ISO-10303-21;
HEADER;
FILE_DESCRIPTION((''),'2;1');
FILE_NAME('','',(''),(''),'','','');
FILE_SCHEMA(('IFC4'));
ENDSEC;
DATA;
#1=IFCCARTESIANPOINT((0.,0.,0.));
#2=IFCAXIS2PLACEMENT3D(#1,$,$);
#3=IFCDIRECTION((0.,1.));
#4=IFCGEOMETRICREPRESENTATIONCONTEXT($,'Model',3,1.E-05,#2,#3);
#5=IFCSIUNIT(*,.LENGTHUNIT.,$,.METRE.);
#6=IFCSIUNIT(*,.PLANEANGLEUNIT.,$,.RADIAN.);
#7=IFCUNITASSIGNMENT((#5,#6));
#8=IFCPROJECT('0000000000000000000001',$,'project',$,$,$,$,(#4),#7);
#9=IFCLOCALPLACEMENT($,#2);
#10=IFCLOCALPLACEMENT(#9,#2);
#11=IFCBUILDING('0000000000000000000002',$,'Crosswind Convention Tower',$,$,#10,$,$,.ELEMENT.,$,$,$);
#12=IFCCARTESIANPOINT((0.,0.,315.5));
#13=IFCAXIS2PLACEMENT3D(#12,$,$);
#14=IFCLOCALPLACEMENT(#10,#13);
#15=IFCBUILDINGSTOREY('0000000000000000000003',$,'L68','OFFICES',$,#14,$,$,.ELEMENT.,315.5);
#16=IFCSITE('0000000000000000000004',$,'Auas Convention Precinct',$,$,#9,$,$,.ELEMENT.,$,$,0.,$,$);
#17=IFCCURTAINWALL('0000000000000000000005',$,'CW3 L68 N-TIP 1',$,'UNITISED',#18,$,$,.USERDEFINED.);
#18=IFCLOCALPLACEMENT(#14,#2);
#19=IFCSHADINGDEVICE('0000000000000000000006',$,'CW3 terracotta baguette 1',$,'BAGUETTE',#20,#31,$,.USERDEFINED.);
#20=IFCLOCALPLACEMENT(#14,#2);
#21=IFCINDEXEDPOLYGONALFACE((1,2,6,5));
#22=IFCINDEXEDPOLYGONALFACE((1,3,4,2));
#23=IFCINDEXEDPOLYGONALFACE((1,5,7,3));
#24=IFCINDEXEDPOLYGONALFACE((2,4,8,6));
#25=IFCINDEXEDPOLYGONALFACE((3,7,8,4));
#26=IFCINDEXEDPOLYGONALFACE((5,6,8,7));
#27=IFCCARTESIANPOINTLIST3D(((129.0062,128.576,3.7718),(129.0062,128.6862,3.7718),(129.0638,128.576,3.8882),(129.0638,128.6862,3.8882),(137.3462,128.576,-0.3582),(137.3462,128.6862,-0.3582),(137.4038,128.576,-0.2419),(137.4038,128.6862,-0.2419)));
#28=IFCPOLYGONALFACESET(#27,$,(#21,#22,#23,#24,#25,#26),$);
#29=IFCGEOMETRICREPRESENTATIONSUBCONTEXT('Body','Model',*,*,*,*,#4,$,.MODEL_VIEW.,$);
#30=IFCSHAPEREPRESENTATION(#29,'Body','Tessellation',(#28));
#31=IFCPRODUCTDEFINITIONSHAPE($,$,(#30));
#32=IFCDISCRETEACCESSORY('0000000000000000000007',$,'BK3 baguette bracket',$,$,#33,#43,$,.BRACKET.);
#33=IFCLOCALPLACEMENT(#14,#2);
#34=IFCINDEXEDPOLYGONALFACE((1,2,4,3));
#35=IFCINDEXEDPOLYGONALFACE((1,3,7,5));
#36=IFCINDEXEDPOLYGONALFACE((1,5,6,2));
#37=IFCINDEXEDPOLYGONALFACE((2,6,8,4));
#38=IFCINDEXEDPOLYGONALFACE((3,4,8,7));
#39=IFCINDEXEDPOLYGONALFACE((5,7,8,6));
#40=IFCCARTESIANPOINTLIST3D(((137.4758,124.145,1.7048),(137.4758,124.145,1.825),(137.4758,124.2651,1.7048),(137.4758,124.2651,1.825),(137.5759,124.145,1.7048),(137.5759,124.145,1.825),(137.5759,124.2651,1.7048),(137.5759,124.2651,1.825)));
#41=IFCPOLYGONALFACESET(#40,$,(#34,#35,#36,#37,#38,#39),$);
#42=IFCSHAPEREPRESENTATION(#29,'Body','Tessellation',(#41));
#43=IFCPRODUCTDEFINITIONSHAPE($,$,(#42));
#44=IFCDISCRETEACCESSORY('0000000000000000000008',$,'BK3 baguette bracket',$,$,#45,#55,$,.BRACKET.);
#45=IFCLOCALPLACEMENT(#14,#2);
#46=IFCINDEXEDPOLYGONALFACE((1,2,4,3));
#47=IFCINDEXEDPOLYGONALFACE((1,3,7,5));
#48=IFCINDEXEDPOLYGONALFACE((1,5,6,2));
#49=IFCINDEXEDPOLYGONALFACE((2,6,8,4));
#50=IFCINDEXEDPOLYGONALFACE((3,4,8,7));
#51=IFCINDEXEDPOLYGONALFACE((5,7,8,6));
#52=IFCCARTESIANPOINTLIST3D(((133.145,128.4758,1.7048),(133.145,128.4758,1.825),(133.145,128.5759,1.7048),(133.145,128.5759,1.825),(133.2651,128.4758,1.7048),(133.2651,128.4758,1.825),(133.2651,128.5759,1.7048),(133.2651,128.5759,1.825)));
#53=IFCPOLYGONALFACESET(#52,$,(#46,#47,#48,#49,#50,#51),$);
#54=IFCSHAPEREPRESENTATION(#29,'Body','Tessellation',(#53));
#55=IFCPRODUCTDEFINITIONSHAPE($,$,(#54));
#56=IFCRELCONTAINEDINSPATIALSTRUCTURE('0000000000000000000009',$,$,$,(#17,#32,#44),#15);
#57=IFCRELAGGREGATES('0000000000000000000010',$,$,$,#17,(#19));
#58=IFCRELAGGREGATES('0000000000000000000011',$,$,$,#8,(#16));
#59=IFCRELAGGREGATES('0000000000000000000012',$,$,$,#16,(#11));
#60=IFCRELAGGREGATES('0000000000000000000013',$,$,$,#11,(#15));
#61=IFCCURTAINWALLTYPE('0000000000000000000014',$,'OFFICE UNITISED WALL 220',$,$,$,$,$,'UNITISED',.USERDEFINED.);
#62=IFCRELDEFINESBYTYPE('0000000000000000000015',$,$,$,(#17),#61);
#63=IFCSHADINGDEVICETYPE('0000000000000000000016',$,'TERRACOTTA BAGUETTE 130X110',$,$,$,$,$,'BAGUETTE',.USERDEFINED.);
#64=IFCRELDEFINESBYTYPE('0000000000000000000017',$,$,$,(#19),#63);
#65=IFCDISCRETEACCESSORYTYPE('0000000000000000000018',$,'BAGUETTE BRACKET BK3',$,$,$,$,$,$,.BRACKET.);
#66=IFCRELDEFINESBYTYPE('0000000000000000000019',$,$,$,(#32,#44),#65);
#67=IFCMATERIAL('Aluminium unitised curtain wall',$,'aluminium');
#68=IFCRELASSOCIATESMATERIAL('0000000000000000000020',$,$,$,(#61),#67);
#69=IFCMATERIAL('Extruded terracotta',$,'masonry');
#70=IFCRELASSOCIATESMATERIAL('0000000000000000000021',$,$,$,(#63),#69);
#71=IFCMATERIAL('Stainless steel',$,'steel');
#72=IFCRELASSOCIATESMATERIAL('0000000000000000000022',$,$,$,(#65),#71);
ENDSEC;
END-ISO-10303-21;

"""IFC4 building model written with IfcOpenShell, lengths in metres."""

from ifc_helpers import new_model, si_unit, direction, frame, origin, origin_2d, place, context, subcontext, project, spatial, rectangle, extrude, material, material_profile, profile_set, type_object, element, aggregate, save


model = new_model("IFC4")

# Units and contexts
model_context = context("Model", 3, precision=1e-05, world=origin(), true_north=direction((0.0, 1.0)))
body_context = subcontext(model_context, "Body", "Model", "MODEL_VIEW")
ifc_project = project(units=[si_unit("LENGTHUNIT", "METRE"), si_unit("PLANEANGLEUNIT", "RADIAN")], contexts=[model_context])

# Site, building, storey
site_placement = place(None, origin())
site = spatial("IfcSite", under=ifc_project, at=site_placement, Name="Auas Convention Precinct", CompositionType="ELEMENT", RefElevation=0.0)
building_placement = place(site_placement, origin())
building = spatial("IfcBuilding", under=site, at=building_placement, Name="Crosswind Convention Tower", CompositionType="ELEMENT")
storey_placement = place(building_placement, frame((0.0, 0.0, 315.5)))
storey = spatial("IfcBuildingStorey", under=building, at=storey_placement, Name="L68", Description="OFFICES", CompositionType="ELEMENT", Elevation=315.5)

# Shared definitions
ifc_material_1 = material(Name="Aluminium unitised curtain wall", Category="aluminium")
curtain_wall_type_1 = type_object("IfcCurtainWallType", Name="OFFICE UNITISED WALL 220", ElementType="UNITISED", PredefinedType="USERDEFINED", material=ifc_material_1)

# Curtain wall
curtain_wall_1_placement = place(storey_placement, origin())
curtain_wall_1 = element("IfcCurtainWall", 1, at=curtain_wall_1_placement, inside=storey, type_object=curtain_wall_type_1, Name="CW3 L68 N-TIP 1", ObjectType="UNITISED", PredefinedType="USERDEFINED")

# Shading device
ifc_material_2 = material(Name="Extruded terracotta", Category="masonry")
ifc_material_profile_1 = material_profile(ifc_material_2, rectangle(XDim=0.1101, YDim=0.1299, at=origin_2d()), Name="TC 110X130")
ifc_profile_set_1 = profile_set([ifc_material_profile_1], Name="Extruded terracotta")
shading_device_type = type_object("IfcShadingDeviceType", Name="TERRACOTTA BAGUETTE 130X110", ElementType="BAGUETTE", PredefinedType="USERDEFINED", material=ifc_profile_set_1)
shading_device_1_placement = place(storey_placement, frame((137.375, 128.6311, -0.3), z_axis=(-0.896136, 0.0, 0.443779), x_axis=(0.0, -1.0, 0.0)))
shading_device_1 = element("IfcShadingDevice", 2, at=shading_device_1_placement, type_object=shading_device_type, Name="CW3 terracotta baguette 1", ObjectType="BAGUETTE", PredefinedType="USERDEFINED", context=body_context, shape_type="SweptSolid", body=[
    extrude(rectangle(XDim=0.1101, YDim=0.1299, at=origin_2d()), origin(), (0.0, 0.0, 1.0), 9.3066),
])
aggregate(curtain_wall_1, [shading_device_1])

# Discrete accessories
ifc_material_3 = material(Name="Stainless steel", Category="steel")
discrete_accessory_type = type_object("IfcDiscreteAccessoryType", Name="BAGUETTE BRACKET BK3", PredefinedType="BRACKET", material=ifc_material_3)
for number, where, z_axis, x_axis, name in (
    (3, (137.5259, 124.2051, 1.7048), (0.0, 0.0, 1.0), (0.0, 1.0, 0.0), "BK3 baguette bracket"),
    (4, (133.2051, 128.5259, 1.7048), (0.0, 0.0, 1.0), (-1.0, 0.0, 0.0), "BK3 baguette bracket"),
):
    element("IfcDiscreteAccessory", number, at=place(storey_placement, frame(where, z_axis=z_axis, x_axis=x_axis)), inside=storey, type_object=discrete_accessory_type, Name=name, PredefinedType="BRACKET", context=body_context, shape_type="SweptSolid", body=[
        extrude(rectangle(XDim=0.1201, YDim=0.1001, at=origin_2d()), origin(), (0.0, 0.0, 1.0), 0.1201),
    ])

save(model, "model.ifc")
